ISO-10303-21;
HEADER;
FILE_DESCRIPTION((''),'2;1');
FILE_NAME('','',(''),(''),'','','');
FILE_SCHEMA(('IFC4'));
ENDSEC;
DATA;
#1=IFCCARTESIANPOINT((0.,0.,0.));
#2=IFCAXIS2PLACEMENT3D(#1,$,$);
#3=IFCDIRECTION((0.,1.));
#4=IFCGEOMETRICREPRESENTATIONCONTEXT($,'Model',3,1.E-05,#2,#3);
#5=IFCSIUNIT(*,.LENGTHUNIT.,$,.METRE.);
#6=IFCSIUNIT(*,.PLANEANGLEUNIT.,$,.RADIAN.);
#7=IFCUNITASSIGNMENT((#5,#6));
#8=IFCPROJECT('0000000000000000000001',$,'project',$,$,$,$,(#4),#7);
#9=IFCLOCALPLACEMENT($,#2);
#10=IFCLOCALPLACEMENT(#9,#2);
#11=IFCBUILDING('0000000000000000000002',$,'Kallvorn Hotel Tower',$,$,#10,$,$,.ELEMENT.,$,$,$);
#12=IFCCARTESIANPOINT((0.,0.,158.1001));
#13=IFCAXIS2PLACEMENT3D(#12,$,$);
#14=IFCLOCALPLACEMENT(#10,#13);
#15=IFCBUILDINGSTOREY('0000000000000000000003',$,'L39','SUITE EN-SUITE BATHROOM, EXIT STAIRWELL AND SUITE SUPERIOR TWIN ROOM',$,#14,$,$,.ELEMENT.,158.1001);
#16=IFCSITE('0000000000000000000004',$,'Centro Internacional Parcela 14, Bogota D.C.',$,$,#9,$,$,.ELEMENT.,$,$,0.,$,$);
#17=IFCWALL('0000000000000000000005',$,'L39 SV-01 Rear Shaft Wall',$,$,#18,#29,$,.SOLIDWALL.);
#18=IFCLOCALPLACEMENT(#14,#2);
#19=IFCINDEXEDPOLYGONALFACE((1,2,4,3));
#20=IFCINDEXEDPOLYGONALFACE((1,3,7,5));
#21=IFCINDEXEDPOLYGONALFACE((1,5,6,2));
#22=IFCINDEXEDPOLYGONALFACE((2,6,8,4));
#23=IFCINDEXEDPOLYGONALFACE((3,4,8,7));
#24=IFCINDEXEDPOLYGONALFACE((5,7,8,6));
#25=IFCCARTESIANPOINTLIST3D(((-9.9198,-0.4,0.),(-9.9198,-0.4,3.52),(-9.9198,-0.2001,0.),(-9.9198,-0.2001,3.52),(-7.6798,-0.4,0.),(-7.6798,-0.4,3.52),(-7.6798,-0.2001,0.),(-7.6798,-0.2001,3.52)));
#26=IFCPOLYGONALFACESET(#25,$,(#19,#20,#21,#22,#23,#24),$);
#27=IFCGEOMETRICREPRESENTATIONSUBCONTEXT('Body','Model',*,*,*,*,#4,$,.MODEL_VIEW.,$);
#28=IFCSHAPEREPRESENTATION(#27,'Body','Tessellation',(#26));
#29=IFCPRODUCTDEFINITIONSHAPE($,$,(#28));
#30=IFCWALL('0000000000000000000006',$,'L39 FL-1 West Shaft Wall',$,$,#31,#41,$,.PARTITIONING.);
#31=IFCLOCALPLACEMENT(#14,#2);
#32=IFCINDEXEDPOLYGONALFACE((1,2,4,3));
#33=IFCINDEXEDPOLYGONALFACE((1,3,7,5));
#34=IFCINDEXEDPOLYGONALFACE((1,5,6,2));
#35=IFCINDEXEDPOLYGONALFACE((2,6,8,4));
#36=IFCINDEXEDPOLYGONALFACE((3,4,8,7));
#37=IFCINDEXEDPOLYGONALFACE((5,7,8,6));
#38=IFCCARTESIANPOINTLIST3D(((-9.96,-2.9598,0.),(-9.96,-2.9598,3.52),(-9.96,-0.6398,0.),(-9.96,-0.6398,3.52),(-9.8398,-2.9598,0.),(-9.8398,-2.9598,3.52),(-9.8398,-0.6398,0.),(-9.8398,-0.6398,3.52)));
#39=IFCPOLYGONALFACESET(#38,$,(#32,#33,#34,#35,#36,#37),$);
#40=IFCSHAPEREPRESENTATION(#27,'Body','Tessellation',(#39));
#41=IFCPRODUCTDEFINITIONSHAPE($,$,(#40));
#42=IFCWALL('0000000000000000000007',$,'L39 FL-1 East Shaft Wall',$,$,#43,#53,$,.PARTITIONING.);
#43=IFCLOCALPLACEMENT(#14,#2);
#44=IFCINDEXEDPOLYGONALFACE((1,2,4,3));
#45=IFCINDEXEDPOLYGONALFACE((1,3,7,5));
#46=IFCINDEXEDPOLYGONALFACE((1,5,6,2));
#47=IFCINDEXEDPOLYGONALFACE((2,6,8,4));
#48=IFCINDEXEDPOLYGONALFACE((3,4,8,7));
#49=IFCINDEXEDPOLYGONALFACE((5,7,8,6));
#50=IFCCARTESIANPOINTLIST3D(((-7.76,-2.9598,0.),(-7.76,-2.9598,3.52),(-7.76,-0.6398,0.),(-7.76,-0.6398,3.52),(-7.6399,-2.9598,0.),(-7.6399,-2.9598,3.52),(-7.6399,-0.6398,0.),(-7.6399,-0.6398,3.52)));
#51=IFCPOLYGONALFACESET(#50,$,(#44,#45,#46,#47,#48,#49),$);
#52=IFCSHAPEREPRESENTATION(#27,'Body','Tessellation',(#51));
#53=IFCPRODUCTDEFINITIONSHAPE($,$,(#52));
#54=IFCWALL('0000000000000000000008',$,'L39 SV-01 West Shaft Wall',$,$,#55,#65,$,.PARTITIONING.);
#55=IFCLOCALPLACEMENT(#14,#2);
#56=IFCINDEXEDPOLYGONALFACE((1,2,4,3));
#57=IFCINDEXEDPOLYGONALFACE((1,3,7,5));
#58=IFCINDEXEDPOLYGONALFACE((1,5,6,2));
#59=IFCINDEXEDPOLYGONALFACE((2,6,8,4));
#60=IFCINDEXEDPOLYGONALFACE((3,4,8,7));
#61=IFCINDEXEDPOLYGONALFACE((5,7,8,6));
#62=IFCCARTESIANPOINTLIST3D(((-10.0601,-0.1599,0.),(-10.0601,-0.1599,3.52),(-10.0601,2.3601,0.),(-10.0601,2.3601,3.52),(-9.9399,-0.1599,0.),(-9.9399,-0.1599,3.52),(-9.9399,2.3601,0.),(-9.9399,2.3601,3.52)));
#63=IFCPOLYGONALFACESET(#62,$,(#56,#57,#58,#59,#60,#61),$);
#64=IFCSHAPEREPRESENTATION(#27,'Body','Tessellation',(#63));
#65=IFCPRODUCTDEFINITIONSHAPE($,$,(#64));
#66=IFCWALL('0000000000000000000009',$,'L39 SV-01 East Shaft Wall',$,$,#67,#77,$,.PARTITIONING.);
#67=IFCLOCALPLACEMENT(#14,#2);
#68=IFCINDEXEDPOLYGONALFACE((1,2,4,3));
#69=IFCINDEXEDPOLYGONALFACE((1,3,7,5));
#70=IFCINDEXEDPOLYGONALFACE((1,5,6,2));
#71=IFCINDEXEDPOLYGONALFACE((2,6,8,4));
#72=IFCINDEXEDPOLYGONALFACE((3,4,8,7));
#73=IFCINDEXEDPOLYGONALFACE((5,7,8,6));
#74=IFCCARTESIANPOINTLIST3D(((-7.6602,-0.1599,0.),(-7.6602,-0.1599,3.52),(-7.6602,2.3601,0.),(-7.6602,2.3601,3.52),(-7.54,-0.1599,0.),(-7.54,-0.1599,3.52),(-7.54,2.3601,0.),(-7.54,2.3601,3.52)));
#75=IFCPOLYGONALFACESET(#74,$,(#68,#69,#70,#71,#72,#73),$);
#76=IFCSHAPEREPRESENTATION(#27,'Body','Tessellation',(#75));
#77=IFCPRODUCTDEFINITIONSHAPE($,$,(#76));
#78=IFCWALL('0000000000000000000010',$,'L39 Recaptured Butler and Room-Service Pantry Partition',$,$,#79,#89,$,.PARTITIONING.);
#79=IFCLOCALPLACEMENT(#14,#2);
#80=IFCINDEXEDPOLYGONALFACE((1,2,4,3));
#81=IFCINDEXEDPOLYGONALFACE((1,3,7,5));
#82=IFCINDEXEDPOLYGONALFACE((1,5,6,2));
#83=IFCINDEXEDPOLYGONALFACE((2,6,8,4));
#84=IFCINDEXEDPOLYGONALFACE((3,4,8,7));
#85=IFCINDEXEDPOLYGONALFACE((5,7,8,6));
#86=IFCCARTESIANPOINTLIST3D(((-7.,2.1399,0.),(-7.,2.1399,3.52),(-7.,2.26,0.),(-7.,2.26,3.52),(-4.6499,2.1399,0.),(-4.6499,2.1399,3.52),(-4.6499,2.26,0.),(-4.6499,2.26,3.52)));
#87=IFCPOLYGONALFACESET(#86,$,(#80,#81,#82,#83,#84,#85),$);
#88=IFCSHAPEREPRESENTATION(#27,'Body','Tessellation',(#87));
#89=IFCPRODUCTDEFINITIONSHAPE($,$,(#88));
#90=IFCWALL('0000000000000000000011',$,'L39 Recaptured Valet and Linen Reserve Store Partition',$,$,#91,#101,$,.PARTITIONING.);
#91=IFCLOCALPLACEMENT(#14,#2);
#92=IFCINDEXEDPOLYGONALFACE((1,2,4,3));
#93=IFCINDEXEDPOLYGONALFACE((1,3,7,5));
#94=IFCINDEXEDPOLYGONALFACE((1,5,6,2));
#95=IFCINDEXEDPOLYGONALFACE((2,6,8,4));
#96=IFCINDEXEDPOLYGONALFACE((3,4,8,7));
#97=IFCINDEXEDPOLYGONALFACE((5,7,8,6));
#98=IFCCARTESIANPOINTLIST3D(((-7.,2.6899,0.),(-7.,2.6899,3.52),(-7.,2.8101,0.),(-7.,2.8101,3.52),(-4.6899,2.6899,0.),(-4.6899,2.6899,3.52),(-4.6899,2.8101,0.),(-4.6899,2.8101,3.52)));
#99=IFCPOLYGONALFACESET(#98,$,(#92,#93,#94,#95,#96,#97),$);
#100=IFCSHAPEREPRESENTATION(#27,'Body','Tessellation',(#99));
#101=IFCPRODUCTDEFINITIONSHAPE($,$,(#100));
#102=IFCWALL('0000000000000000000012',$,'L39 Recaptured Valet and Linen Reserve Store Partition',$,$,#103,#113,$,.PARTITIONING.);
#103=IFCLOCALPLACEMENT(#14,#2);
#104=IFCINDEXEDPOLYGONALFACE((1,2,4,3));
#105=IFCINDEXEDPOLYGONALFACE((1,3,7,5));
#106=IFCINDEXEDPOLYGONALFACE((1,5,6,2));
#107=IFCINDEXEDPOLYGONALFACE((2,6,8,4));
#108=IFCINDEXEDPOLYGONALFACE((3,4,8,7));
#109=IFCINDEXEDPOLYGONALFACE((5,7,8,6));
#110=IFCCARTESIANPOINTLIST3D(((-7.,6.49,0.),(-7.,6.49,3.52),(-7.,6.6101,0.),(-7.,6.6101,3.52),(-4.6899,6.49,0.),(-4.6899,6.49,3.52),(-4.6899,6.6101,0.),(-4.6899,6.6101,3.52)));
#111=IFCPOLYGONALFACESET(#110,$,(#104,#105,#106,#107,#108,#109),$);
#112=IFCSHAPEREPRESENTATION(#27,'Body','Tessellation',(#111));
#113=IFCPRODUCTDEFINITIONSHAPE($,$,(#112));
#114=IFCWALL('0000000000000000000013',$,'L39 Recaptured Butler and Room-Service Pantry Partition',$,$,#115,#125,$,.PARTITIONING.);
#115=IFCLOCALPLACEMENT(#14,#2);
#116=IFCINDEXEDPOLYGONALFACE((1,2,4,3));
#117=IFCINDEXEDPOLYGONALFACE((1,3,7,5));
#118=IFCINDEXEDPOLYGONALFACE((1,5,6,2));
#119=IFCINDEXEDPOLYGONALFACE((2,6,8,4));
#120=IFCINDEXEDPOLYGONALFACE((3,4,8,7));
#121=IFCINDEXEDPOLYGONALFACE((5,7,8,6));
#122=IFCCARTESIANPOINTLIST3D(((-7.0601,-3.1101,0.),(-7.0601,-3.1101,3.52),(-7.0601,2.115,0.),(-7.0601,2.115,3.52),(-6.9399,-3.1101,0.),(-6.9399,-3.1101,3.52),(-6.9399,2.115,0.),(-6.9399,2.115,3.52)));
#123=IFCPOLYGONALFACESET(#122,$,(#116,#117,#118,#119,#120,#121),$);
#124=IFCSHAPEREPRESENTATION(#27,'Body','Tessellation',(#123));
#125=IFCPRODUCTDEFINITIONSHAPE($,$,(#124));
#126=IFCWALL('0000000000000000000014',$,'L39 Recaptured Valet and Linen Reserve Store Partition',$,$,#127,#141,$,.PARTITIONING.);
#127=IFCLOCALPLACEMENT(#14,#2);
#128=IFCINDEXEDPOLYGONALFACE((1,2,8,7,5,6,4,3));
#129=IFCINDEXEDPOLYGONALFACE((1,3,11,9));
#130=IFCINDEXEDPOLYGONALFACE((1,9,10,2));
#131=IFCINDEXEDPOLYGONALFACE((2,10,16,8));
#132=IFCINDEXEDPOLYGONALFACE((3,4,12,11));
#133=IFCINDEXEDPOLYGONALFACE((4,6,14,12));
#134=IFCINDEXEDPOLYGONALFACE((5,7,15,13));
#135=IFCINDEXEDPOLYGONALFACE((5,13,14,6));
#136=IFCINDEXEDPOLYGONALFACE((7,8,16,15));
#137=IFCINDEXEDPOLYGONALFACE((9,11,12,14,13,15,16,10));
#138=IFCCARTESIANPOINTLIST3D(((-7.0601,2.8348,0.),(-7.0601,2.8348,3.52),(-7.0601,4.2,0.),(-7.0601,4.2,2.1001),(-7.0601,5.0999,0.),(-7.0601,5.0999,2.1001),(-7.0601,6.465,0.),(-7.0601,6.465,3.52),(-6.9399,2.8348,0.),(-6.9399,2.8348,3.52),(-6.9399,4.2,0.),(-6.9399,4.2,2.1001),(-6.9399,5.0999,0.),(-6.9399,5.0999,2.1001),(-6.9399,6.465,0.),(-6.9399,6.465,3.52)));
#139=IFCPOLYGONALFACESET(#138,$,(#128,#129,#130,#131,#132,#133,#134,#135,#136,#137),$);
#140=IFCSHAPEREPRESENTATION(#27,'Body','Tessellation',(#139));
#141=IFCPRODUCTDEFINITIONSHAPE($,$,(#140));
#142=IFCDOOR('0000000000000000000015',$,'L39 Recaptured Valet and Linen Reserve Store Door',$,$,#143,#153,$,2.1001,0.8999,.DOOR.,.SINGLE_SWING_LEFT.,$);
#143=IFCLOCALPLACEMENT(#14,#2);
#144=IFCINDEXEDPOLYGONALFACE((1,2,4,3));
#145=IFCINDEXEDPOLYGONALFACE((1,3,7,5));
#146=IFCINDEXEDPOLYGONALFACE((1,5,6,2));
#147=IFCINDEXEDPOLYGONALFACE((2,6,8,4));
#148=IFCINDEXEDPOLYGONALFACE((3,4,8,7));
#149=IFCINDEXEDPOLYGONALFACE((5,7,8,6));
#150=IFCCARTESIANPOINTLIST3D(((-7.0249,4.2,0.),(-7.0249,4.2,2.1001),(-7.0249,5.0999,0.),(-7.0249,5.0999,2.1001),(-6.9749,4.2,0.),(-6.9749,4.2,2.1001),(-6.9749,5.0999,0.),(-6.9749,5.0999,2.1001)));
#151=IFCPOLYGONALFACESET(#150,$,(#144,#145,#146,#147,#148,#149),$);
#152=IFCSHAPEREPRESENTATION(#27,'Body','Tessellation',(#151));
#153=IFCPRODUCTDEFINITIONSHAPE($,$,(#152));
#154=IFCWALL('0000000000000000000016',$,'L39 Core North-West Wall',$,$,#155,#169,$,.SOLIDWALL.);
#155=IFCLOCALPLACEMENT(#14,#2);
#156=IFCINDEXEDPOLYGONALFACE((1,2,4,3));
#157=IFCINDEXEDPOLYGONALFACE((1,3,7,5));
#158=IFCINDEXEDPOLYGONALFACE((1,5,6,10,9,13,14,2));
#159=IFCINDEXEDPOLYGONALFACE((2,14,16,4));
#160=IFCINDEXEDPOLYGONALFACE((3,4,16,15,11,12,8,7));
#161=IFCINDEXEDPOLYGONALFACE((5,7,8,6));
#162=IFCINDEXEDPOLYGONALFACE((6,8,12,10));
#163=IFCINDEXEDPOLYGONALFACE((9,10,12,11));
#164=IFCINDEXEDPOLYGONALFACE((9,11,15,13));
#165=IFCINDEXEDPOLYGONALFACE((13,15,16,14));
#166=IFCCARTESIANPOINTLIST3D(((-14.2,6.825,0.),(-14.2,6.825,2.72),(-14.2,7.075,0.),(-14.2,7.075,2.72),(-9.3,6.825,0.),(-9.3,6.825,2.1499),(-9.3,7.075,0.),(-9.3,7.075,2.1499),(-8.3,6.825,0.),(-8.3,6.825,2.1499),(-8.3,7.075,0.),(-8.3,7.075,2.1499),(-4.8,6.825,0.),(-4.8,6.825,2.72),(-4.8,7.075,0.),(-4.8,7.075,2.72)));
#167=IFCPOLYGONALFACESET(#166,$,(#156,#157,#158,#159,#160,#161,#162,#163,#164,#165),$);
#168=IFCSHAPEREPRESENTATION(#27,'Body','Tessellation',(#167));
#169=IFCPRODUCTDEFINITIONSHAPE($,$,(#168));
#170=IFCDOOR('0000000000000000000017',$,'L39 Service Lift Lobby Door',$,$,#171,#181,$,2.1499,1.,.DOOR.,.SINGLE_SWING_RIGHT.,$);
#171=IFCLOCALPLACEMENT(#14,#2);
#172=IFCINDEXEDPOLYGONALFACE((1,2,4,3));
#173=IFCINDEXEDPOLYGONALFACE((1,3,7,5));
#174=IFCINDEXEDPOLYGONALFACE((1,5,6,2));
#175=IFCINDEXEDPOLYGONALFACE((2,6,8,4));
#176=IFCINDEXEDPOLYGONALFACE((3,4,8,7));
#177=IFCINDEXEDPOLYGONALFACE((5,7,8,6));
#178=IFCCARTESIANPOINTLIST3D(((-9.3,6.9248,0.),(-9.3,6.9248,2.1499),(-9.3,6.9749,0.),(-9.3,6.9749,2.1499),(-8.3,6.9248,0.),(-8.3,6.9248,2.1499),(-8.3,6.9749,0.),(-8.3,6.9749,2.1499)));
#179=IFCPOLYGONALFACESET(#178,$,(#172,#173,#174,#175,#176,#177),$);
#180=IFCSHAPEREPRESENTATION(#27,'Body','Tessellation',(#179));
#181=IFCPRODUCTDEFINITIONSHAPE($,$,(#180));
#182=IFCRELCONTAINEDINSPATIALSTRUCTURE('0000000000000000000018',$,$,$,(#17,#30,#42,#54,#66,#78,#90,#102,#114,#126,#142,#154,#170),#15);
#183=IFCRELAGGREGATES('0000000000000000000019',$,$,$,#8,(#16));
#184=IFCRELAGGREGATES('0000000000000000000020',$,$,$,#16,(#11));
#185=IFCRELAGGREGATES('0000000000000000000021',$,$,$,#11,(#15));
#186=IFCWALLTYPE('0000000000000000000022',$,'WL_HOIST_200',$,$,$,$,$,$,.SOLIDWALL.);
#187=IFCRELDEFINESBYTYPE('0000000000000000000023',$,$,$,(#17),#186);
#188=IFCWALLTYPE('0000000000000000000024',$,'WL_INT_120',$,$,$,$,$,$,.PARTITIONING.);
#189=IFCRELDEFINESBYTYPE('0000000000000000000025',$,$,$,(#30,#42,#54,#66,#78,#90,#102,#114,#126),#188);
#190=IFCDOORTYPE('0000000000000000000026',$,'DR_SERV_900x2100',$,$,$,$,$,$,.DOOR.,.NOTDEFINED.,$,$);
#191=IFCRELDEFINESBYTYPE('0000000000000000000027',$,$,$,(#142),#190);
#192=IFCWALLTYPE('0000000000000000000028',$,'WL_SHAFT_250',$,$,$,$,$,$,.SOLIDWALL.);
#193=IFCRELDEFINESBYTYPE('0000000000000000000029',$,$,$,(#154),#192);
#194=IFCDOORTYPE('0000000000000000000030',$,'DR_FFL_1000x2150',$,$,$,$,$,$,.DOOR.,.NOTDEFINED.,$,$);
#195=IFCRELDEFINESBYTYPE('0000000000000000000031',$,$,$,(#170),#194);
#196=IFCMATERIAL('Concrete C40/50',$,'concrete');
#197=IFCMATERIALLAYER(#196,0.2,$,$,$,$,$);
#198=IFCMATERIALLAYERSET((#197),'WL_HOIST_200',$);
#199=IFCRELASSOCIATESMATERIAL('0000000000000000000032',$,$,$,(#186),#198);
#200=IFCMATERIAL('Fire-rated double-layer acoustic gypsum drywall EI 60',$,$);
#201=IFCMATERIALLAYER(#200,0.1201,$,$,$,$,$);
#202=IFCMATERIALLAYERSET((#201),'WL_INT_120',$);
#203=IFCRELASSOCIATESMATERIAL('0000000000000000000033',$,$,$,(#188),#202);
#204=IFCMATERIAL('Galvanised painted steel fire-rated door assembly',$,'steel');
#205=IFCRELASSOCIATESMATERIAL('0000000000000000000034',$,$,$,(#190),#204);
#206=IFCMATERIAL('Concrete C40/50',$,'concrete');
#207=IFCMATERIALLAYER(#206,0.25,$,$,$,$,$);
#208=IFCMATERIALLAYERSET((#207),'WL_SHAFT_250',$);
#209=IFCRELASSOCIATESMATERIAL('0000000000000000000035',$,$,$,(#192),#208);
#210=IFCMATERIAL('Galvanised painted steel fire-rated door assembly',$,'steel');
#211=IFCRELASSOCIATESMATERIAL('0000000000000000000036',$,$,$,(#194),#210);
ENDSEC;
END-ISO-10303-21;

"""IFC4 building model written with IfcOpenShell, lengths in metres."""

from ifc_helpers import new_model, si_unit, direction, frame, frame_2d, origin, place, context, subcontext, project, spatial, rectangle, extrude, material, layer, layer_set, type_object, element, fill, save


model = new_model("IFC4")

# Units and contexts
model_context = context("Model", 3, precision=1e-05, world=origin(), true_north=direction((0.0, 1.0)))
body_context = subcontext(model_context, "Body", "Model", "MODEL_VIEW")
ifc_project = project(units=[si_unit("LENGTHUNIT", "METRE"), si_unit("PLANEANGLEUNIT", "RADIAN")], contexts=[model_context])

# Site, building, storey
site_placement = place(None, origin())
site = spatial("IfcSite", under=ifc_project, at=site_placement, Name="Centro Internacional Parcela 14, Bogota D.C.", CompositionType="ELEMENT", RefElevation=0.0)
building_placement = place(site_placement, origin())
building = spatial("IfcBuilding", under=site, at=building_placement, Name="Kallvorn Hotel Tower", CompositionType="ELEMENT")
storey_placement = place(building_placement, frame((0.0, 0.0, 158.1001)))
storey = spatial("IfcBuildingStorey", under=building, at=storey_placement, Name="L39", Description="SUITE EN-SUITE BATHROOM, EXIT STAIRWELL AND SUITE SUPERIOR TWIN ROOM", CompositionType="ELEMENT", Elevation=158.1001)

# Shared definitions
ifc_material_1 = material(Name="Concrete C40/50", Category="concrete")
ifc_layer_1 = layer(ifc_material_1, 0.2)
ifc_layer_set_1 = layer_set([ifc_layer_1], Name="WL_HOIST_200")
wall_type_1 = type_object("IfcWallType", Name="WL_HOIST_200", PredefinedType="SOLIDWALL", material=ifc_layer_set_1)

# Walls
wall_1_placement = place(storey_placement, frame((-9.9199, -0.3, 0.0), z_axis=(0.0, 0.0, 1.0), x_axis=(1.0, 0.0, 0.0)))
element("IfcWall", 1, at=wall_1_placement, inside=storey, type_object=wall_type_1, Name="L39 SV-01 Rear Shaft Wall", PredefinedType="SOLIDWALL", context=body_context, shape_type="SweptSolid", body=[
    extrude(rectangle(XDim=2.24, YDim=0.2, at=frame_2d((1.1201, 0.0))), origin(), (0.0, 0.0, 1.0), 3.52),
])
ifc_material_2 = material(Name="Fire-rated double-layer acoustic gypsum drywall EI 60")
ifc_layer_2 = layer(ifc_material_2, 0.1201)
ifc_layer_set_2 = layer_set([ifc_layer_2], Name="WL_INT_120")
wall_type_2 = type_object("IfcWallType", Name="WL_INT_120", PredefinedType="PARTITIONING", material=ifc_layer_set_2)
for number, where, z_axis, x_axis, name in (
    (2, (-9.8999, -2.96, 0.0), (0.0, 0.0, 1.0), (0.0, 1.0, 0.0), "L39 FL-1 West Shaft Wall"),
    (3, (-7.7, -2.96, 0.0), (0.0, 0.0, 1.0), (0.0, 1.0, 0.0), "L39 FL-1 East Shaft Wall"),
):
    element("IfcWall", number, at=place(storey_placement, frame(where, z_axis=z_axis, x_axis=x_axis)), inside=storey, type_object=wall_type_2, Name=name, PredefinedType="PARTITIONING", context=body_context, shape_type="SweptSolid", body=[
        extrude(rectangle(XDim=2.3201, YDim=0.1201, at=frame_2d((1.1602, 0.0))), origin(), (0.0, 0.0, 1.0), 3.52),
    ])
for number, where, z_axis, x_axis, name in (
    (4, (-10.0, -0.1599, 0.0), (0.0, 0.0, 1.0), (0.0, 1.0, 0.0), "L39 SV-01 West Shaft Wall"),
    (5, (-7.6001, -0.1599, 0.0), (0.0, 0.0, 1.0), (0.0, 1.0, 0.0), "L39 SV-01 East Shaft Wall"),
):
    element("IfcWall", number, at=place(storey_placement, frame(where, z_axis=z_axis, x_axis=x_axis)), inside=storey, type_object=wall_type_2, Name=name, PredefinedType="PARTITIONING", context=body_context, shape_type="SweptSolid", body=[
        extrude(rectangle(XDim=2.52, YDim=0.1201, at=frame_2d((1.26, 0.0))), origin(), (0.0, 0.0, 1.0), 3.52),
    ])
wall_2_placement = place(storey_placement, frame((-7.0, 2.2, 0.0), z_axis=(0.0, 0.0, 1.0), x_axis=(1.0, 0.0, 0.0)))
element("IfcWall", 6, at=wall_2_placement, inside=storey, type_object=wall_type_2, Name="L39 Recaptured Butler and Room-Service Pantry Partition", PredefinedType="PARTITIONING", context=body_context, shape_type="SweptSolid", body=[
    extrude(rectangle(XDim=2.3501, YDim=0.1201, at=frame_2d((1.175, 0.0))), origin(), (0.0, 0.0, 1.0), 3.52),
])
for number, where, z_axis, x_axis, name in (
    (7, (-7.0, 2.75, 0.0), (0.0, 0.0, 1.0), (1.0, 0.0, 0.0), "L39 Recaptured Valet and Linen Reserve Store Partition"),
    (8, (-7.0, 6.55, 0.0), (0.0, 0.0, 1.0), (1.0, 0.0, 0.0), "L39 Recaptured Valet and Linen Reserve Store Partition"),
):
    element("IfcWall", number, at=place(storey_placement, frame(where, z_axis=z_axis, x_axis=x_axis)), inside=storey, type_object=wall_type_2, Name=name, PredefinedType="PARTITIONING", context=body_context, shape_type="SweptSolid", body=[
        extrude(rectangle(XDim=2.3101, YDim=0.1201, at=frame_2d((1.155, 0.0))), origin(), (0.0, 0.0, 1.0), 3.52),
    ])
wall_3_placement = place(storey_placement, frame((-7.0, -3.1101, 0.0), z_axis=(0.0, 0.0, 1.0), x_axis=(0.0, 1.0, 0.0)))
element("IfcWall", 9, at=wall_3_placement, inside=storey, type_object=wall_type_2, Name="L39 Recaptured Butler and Room-Service Pantry Partition", PredefinedType="PARTITIONING", context=body_context, shape_type="SweptSolid", body=[
    extrude(rectangle(XDim=5.2251, YDim=0.1201, at=frame_2d((2.6125, 0.0))), origin(), (0.0, 0.0, 1.0), 3.52),
])

# Walls, openings, doors
wall_4_placement = place(storey_placement, frame((-7.0, 2.835, 0.0), z_axis=(0.0, 0.0, 1.0), x_axis=(0.0, 1.0, 0.0)))
wall_4 = element("IfcWall", 10, at=wall_4_placement, inside=storey, type_object=wall_type_2, Name="L39 Recaptured Valet and Linen Reserve Store Partition", PredefinedType="PARTITIONING", context=body_context, shape_type="SweptSolid", body=[
    extrude(rectangle(XDim=3.6301, YDim=0.1201, at=frame_2d((1.8149, 0.0))), origin(), (0.0, 0.0, 1.0), 3.52),
])
opening_1_placement = place(wall_4_placement, frame((1.365, 0.0, 0.0)))
opening_1 = element("IfcOpeningElement", 11, at=opening_1_placement, cuts=wall_4, PredefinedType="OPENING", context=body_context, shape_type="SweptSolid", body=[
    extrude(rectangle(XDim=0.8999, YDim=2.1001, at=frame_2d((0.45, 1.05))), frame((0.0, 0.075, 0.0), z_axis=(0.0, -1.0, 0.0), x_axis=(1.0, 0.0, 0.0)), (0.0, 0.0, 1.0), 0.1501),
])
ifc_material_3 = material(Name="Galvanised painted steel fire-rated door assembly", Category="steel")
door_type_1 = type_object("IfcDoorType", Name="DR_SERV_900x2100", OperationType="NOTDEFINED", PredefinedType="DOOR", material=ifc_material_3)
door_1_placement = place(opening_1_placement, origin())
door_1 = element("IfcDoor", 12, at=door_1_placement, inside=storey, type_object=door_type_1, Name="L39 Recaptured Valet and Linen Reserve Store Door", OperationType="SINGLE_SWING_LEFT", OverallHeight=2.1001, OverallWidth=0.8999, PredefinedType="DOOR", context=body_context, shape_type="SweptSolid", body=[
    extrude(rectangle(XDim=0.8999, YDim=2.1001, at=frame_2d((0.45, 1.05))), frame((0.0, 0.0249, 0.0), z_axis=(0.0, -1.0, 0.0), x_axis=(1.0, 0.0, 0.0)), (0.0, 0.0, 1.0), 0.05),
])
fill(opening_1, door_1)
ifc_material_4 = material(Name="Concrete C40/50", Category="concrete")
ifc_layer_3 = layer(ifc_material_4, 0.25)
ifc_layer_set_3 = layer_set([ifc_layer_3], Name="WL_SHAFT_250")
wall_type_3 = type_object("IfcWallType", Name="WL_SHAFT_250", PredefinedType="SOLIDWALL", material=ifc_layer_set_3)
wall_5_placement = place(storey_placement, frame((-14.2, 6.95, 0.0), z_axis=(0.0, 0.0, 1.0), x_axis=(1.0, 0.0, 0.0)))
wall_5 = element("IfcWall", 13, at=wall_5_placement, inside=storey, type_object=wall_type_3, Name="L39 Core North-West Wall", PredefinedType="SOLIDWALL", context=body_context, shape_type="SweptSolid", body=[
    extrude(rectangle(XDim=9.3999, YDim=0.25, at=frame_2d((4.7, 0.0))), origin(), (0.0, 0.0, 1.0), 2.72),
])
opening_2_placement = place(wall_5_placement, frame((4.8999, 0.0, 0.0)))
opening_2 = element("IfcOpeningElement", 14, at=opening_2_placement, cuts=wall_5, PredefinedType="OPENING", context=body_context, shape_type="SweptSolid", body=[
    extrude(rectangle(XDim=1.0, YDim=2.1499, at=frame_2d((0.5, 1.075))), frame((0.0, 0.1399, 0.0), z_axis=(0.0, -1.0, 0.0), x_axis=(1.0, 0.0, 0.0)), (0.0, 0.0, 1.0), 0.28),
])
ifc_material_5 = material(Name="Galvanised painted steel fire-rated door assembly", Category="steel")
door_type_2 = type_object("IfcDoorType", Name="DR_FFL_1000x2150", OperationType="NOTDEFINED", PredefinedType="DOOR", material=ifc_material_5)
door_2_placement = place(opening_2_placement, origin())
door_2 = element("IfcDoor", 15, at=door_2_placement, inside=storey, type_object=door_type_2, Name="L39 Service Lift Lobby Door", OperationType="SINGLE_SWING_RIGHT", OverallHeight=2.1499, OverallWidth=1.0, PredefinedType="DOOR", context=body_context, shape_type="SweptSolid", body=[
    extrude(rectangle(XDim=1.0, YDim=2.1499, at=frame_2d((0.5, 1.075))), frame((0.0, 0.0249, 0.0), z_axis=(0.0, -1.0, 0.0), x_axis=(1.0, 0.0, 0.0)), (0.0, 0.0, 1.0), 0.05),
])
fill(opening_2, door_2)

save(model, "model.ifc")
